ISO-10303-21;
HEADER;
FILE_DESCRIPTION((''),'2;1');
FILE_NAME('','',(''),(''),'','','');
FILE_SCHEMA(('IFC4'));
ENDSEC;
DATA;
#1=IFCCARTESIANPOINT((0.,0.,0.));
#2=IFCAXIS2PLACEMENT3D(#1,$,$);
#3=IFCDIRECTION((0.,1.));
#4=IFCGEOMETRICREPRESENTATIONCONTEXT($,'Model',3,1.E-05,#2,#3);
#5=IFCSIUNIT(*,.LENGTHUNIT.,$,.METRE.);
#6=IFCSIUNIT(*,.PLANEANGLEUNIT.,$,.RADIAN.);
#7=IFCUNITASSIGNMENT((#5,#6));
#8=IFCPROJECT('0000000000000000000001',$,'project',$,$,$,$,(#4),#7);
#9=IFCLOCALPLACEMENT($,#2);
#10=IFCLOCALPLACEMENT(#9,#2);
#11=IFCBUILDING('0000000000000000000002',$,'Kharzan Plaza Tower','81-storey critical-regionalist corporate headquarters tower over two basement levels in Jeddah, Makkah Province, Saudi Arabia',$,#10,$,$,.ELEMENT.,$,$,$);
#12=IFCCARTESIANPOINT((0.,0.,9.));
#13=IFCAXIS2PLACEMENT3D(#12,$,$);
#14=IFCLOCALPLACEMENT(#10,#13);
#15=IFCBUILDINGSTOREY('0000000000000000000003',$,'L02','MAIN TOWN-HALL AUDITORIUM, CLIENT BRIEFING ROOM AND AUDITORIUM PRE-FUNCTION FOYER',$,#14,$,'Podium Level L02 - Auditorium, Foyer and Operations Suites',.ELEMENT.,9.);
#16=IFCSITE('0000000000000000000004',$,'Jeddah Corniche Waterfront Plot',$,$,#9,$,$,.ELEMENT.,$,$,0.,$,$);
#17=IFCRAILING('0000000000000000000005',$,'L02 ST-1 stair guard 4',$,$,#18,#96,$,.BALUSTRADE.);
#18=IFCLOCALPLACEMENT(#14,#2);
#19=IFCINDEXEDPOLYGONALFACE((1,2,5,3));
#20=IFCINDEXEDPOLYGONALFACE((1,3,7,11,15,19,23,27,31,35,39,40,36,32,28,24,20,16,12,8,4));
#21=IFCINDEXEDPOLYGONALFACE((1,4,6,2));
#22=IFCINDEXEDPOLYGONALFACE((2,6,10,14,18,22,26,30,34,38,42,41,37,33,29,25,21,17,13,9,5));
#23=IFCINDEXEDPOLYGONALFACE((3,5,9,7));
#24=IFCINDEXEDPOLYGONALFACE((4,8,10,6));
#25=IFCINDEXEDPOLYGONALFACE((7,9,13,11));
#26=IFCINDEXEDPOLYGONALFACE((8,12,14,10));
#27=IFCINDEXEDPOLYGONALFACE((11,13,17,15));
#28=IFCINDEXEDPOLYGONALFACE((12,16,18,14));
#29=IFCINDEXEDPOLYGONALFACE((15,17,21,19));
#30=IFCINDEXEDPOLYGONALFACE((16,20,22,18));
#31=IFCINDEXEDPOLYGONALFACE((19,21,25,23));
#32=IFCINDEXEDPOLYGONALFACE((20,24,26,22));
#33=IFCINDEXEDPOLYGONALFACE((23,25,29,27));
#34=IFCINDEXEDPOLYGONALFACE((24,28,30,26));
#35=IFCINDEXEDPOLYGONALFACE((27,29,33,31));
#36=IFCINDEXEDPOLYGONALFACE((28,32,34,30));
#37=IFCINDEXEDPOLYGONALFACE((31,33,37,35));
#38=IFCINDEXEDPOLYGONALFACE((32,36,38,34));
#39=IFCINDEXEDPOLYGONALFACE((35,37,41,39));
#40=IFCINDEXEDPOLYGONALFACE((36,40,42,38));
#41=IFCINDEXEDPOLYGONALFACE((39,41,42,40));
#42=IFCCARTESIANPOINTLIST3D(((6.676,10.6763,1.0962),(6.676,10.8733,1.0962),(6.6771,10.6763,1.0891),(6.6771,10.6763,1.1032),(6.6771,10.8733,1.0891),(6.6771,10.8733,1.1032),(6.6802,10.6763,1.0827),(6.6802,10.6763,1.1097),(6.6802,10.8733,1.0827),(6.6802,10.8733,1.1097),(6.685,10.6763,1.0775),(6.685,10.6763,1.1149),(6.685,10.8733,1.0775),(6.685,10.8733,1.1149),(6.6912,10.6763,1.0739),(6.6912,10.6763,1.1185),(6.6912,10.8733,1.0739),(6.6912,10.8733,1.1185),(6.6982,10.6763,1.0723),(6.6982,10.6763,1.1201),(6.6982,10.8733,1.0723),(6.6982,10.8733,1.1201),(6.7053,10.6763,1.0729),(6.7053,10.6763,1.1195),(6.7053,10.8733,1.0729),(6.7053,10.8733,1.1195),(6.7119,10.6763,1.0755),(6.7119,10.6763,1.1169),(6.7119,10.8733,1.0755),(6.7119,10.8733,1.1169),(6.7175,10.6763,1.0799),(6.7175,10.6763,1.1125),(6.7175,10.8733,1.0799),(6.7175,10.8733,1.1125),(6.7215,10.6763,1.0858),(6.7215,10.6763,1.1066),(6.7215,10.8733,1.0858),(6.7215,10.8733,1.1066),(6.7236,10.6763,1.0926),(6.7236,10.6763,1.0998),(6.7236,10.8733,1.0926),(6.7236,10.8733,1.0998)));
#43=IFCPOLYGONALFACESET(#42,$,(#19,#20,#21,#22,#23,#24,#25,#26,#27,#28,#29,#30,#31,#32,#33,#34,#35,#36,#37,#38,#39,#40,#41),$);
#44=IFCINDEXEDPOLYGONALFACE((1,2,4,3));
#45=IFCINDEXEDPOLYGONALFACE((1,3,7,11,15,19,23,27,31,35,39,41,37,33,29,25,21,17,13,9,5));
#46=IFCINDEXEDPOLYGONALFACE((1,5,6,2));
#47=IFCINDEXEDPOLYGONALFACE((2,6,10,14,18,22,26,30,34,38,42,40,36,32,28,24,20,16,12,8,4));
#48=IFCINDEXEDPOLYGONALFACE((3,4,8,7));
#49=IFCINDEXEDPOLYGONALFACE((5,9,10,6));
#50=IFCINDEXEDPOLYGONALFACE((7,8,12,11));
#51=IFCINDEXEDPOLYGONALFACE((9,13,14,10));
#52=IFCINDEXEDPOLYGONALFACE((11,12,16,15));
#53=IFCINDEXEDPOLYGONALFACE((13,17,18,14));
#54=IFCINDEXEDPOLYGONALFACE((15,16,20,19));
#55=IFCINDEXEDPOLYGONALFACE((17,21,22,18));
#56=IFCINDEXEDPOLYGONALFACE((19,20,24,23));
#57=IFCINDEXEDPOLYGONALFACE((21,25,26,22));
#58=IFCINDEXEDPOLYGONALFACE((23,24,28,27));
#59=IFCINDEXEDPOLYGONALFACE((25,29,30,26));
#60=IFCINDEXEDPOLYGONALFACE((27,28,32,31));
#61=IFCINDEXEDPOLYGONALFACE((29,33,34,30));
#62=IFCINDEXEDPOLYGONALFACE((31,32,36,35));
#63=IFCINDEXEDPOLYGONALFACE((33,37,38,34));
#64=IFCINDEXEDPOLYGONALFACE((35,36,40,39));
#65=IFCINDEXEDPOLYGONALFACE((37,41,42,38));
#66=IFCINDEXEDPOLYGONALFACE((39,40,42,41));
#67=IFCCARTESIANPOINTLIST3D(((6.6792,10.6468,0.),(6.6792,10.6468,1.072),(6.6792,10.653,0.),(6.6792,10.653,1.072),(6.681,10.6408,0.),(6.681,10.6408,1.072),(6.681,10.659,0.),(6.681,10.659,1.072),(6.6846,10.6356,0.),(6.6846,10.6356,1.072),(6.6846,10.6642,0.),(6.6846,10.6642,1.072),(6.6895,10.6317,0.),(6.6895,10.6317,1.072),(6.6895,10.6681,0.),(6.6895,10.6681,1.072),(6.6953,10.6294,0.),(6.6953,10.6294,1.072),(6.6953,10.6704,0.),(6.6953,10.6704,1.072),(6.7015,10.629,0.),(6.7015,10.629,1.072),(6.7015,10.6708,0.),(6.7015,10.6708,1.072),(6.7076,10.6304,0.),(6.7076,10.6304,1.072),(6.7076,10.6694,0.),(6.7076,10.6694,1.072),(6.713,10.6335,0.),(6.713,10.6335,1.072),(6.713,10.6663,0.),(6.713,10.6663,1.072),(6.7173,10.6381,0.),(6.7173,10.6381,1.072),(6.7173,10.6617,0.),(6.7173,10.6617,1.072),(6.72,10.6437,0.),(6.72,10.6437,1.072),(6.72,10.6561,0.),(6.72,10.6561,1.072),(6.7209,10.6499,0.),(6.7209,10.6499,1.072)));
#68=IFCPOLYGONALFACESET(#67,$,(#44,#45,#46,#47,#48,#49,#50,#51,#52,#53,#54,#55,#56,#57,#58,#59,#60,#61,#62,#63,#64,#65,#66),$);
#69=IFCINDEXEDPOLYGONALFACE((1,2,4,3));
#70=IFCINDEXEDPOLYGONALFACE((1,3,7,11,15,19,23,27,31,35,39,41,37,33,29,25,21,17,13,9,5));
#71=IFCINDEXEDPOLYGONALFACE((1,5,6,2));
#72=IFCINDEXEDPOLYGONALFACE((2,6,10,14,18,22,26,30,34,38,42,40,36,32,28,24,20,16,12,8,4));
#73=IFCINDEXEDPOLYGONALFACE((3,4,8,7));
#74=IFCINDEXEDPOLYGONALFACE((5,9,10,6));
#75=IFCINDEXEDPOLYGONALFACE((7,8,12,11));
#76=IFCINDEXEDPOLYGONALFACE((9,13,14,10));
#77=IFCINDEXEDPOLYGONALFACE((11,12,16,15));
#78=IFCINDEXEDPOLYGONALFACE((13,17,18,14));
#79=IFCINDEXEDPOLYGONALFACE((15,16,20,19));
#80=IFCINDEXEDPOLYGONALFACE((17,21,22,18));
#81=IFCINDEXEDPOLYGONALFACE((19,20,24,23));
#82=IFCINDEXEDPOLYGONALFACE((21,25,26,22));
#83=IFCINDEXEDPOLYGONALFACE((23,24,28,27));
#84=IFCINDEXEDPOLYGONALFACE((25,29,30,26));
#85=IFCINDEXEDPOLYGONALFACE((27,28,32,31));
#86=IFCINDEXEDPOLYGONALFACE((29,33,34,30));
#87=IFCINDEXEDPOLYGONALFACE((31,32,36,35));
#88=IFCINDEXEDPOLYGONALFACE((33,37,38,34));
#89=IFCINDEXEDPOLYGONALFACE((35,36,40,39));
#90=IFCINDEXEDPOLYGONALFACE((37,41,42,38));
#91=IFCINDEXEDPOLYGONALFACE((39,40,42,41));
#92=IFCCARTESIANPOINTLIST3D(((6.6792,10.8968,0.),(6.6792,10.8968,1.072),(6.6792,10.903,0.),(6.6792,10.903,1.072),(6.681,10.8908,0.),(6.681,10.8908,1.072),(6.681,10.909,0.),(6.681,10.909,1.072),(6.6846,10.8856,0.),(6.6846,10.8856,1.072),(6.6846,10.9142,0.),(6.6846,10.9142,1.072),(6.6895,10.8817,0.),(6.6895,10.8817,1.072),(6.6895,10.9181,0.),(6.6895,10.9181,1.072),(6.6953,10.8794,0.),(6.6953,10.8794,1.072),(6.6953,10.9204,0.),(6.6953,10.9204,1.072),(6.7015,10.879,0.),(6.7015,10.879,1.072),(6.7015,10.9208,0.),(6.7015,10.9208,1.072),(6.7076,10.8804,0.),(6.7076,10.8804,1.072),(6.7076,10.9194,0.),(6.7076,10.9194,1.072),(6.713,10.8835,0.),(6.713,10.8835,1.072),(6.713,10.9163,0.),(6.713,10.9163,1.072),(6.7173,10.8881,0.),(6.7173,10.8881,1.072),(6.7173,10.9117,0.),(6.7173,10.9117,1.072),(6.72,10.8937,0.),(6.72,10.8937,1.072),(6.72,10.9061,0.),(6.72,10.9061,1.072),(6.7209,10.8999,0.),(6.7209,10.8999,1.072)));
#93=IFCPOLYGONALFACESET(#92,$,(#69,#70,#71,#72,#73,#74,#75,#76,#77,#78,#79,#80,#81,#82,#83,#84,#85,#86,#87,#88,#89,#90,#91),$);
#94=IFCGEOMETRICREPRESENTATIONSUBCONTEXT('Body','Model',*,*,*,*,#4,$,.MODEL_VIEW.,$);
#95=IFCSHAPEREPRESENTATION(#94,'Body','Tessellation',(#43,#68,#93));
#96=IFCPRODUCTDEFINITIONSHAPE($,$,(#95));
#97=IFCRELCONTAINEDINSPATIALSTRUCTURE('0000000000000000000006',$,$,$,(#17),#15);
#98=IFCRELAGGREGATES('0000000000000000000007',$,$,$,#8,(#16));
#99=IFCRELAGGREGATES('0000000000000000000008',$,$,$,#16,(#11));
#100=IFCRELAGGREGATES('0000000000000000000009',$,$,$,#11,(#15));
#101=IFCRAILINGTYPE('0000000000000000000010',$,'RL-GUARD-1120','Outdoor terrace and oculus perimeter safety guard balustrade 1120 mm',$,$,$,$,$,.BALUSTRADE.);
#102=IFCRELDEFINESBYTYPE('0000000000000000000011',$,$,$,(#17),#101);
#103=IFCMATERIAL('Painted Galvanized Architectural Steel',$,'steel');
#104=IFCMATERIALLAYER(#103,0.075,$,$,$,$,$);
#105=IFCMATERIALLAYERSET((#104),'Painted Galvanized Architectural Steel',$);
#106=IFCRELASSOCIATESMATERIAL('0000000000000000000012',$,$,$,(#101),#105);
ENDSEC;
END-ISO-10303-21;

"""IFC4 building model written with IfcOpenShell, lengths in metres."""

from ifc_helpers import new_model, si_unit, direction, frame, origin, origin_2d, place, context, subcontext, project, spatial, circle, extrude, source, transform, mapped, material, layer, layer_set, type_object, element, save


model = new_model("IFC4")

# Units and contexts
model_context = context("Model", 3, precision=1e-05, world=origin(), true_north=direction((0.0, 1.0)))
body_context = subcontext(model_context, "Body", "Model", "MODEL_VIEW")
ifc_project = project(units=[si_unit("LENGTHUNIT", "METRE"), si_unit("PLANEANGLEUNIT", "RADIAN")], contexts=[model_context])

# Site, building, storey
site_placement = place(None, origin())
site = spatial("IfcSite", under=ifc_project, at=site_placement, Name="Jeddah Corniche Waterfront Plot", CompositionType="ELEMENT", RefElevation=0.0)
building_placement = place(site_placement, origin())
building = spatial("IfcBuilding", under=site, at=building_placement, Name="Kharzan Plaza Tower", Description="81-storey critical-regionalist corporate headquarters tower over two basement levels in Jeddah, Makkah Province, Saudi Arabia", CompositionType="ELEMENT")
storey_placement = place(building_placement, frame((0.0, 0.0, 9.0)))
storey = spatial("IfcBuildingStorey", under=building, at=storey_placement, Name="L02", Description="MAIN TOWN-HALL AUDITORIUM, CLIENT BRIEFING ROOM AND AUDITORIUM PRE-FUNCTION FOYER", LongName="Podium Level L02 - Auditorium, Foyer and Operations Suites", CompositionType="ELEMENT", Elevation=9.0)

# Railing
ifc_material_1 = material(Name="Painted Galvanized Architectural Steel", Category="steel")
ifc_layer_1 = layer(ifc_material_1, 0.075)
ifc_layer_set_1 = layer_set([ifc_layer_1], Name="Painted Galvanized Architectural Steel")
railing_type_1 = type_object("IfcRailingType", Name="RL-GUARD-1120", Description="Outdoor terrace and oculus perimeter safety guard balustrade 1120 mm", PredefinedType="BALUSTRADE", material=ifc_layer_set_1)
shared_shape_1 = source(origin(), body_context, "Body", "SweptSolid", [
    extrude(circle(Radius=0.0239, at=origin_2d()), frame((0.0, 0.0264, 1.0962), z_axis=(0.0, 1.0, 0.0), x_axis=(-1.0, 0.0, 0.0)), (0.0, 0.0, 1.0), 0.197),
    extrude(circle(Radius=0.021, at=origin_2d()), origin(), (0.0, 0.0, 1.0), 1.072),
    extrude(circle(Radius=0.021, at=origin_2d()), frame((0.0, 0.25, 0.0)), (0.0, 0.0, 1.0), 1.072),
])
railing_1_placement = place(storey_placement, frame((6.7, 10.6499, 0.0)))
element("IfcRailing", 1, at=railing_1_placement, inside=storey, type_object=railing_type_1, Name="L02 ST-1 stair guard 4", PredefinedType="BALUSTRADE", context=body_context, shape_type="MappedRepresentation", body=[
    mapped(shared_shape_1, transform((0.0, 0.0, 0.0), x_axis=(1.0, 0.0, 0.0), y_axis=(0.0, 1.0, 0.0), z_axis=(0.0, 0.0, 1.0))),
])

save(model, "model.ifc")
